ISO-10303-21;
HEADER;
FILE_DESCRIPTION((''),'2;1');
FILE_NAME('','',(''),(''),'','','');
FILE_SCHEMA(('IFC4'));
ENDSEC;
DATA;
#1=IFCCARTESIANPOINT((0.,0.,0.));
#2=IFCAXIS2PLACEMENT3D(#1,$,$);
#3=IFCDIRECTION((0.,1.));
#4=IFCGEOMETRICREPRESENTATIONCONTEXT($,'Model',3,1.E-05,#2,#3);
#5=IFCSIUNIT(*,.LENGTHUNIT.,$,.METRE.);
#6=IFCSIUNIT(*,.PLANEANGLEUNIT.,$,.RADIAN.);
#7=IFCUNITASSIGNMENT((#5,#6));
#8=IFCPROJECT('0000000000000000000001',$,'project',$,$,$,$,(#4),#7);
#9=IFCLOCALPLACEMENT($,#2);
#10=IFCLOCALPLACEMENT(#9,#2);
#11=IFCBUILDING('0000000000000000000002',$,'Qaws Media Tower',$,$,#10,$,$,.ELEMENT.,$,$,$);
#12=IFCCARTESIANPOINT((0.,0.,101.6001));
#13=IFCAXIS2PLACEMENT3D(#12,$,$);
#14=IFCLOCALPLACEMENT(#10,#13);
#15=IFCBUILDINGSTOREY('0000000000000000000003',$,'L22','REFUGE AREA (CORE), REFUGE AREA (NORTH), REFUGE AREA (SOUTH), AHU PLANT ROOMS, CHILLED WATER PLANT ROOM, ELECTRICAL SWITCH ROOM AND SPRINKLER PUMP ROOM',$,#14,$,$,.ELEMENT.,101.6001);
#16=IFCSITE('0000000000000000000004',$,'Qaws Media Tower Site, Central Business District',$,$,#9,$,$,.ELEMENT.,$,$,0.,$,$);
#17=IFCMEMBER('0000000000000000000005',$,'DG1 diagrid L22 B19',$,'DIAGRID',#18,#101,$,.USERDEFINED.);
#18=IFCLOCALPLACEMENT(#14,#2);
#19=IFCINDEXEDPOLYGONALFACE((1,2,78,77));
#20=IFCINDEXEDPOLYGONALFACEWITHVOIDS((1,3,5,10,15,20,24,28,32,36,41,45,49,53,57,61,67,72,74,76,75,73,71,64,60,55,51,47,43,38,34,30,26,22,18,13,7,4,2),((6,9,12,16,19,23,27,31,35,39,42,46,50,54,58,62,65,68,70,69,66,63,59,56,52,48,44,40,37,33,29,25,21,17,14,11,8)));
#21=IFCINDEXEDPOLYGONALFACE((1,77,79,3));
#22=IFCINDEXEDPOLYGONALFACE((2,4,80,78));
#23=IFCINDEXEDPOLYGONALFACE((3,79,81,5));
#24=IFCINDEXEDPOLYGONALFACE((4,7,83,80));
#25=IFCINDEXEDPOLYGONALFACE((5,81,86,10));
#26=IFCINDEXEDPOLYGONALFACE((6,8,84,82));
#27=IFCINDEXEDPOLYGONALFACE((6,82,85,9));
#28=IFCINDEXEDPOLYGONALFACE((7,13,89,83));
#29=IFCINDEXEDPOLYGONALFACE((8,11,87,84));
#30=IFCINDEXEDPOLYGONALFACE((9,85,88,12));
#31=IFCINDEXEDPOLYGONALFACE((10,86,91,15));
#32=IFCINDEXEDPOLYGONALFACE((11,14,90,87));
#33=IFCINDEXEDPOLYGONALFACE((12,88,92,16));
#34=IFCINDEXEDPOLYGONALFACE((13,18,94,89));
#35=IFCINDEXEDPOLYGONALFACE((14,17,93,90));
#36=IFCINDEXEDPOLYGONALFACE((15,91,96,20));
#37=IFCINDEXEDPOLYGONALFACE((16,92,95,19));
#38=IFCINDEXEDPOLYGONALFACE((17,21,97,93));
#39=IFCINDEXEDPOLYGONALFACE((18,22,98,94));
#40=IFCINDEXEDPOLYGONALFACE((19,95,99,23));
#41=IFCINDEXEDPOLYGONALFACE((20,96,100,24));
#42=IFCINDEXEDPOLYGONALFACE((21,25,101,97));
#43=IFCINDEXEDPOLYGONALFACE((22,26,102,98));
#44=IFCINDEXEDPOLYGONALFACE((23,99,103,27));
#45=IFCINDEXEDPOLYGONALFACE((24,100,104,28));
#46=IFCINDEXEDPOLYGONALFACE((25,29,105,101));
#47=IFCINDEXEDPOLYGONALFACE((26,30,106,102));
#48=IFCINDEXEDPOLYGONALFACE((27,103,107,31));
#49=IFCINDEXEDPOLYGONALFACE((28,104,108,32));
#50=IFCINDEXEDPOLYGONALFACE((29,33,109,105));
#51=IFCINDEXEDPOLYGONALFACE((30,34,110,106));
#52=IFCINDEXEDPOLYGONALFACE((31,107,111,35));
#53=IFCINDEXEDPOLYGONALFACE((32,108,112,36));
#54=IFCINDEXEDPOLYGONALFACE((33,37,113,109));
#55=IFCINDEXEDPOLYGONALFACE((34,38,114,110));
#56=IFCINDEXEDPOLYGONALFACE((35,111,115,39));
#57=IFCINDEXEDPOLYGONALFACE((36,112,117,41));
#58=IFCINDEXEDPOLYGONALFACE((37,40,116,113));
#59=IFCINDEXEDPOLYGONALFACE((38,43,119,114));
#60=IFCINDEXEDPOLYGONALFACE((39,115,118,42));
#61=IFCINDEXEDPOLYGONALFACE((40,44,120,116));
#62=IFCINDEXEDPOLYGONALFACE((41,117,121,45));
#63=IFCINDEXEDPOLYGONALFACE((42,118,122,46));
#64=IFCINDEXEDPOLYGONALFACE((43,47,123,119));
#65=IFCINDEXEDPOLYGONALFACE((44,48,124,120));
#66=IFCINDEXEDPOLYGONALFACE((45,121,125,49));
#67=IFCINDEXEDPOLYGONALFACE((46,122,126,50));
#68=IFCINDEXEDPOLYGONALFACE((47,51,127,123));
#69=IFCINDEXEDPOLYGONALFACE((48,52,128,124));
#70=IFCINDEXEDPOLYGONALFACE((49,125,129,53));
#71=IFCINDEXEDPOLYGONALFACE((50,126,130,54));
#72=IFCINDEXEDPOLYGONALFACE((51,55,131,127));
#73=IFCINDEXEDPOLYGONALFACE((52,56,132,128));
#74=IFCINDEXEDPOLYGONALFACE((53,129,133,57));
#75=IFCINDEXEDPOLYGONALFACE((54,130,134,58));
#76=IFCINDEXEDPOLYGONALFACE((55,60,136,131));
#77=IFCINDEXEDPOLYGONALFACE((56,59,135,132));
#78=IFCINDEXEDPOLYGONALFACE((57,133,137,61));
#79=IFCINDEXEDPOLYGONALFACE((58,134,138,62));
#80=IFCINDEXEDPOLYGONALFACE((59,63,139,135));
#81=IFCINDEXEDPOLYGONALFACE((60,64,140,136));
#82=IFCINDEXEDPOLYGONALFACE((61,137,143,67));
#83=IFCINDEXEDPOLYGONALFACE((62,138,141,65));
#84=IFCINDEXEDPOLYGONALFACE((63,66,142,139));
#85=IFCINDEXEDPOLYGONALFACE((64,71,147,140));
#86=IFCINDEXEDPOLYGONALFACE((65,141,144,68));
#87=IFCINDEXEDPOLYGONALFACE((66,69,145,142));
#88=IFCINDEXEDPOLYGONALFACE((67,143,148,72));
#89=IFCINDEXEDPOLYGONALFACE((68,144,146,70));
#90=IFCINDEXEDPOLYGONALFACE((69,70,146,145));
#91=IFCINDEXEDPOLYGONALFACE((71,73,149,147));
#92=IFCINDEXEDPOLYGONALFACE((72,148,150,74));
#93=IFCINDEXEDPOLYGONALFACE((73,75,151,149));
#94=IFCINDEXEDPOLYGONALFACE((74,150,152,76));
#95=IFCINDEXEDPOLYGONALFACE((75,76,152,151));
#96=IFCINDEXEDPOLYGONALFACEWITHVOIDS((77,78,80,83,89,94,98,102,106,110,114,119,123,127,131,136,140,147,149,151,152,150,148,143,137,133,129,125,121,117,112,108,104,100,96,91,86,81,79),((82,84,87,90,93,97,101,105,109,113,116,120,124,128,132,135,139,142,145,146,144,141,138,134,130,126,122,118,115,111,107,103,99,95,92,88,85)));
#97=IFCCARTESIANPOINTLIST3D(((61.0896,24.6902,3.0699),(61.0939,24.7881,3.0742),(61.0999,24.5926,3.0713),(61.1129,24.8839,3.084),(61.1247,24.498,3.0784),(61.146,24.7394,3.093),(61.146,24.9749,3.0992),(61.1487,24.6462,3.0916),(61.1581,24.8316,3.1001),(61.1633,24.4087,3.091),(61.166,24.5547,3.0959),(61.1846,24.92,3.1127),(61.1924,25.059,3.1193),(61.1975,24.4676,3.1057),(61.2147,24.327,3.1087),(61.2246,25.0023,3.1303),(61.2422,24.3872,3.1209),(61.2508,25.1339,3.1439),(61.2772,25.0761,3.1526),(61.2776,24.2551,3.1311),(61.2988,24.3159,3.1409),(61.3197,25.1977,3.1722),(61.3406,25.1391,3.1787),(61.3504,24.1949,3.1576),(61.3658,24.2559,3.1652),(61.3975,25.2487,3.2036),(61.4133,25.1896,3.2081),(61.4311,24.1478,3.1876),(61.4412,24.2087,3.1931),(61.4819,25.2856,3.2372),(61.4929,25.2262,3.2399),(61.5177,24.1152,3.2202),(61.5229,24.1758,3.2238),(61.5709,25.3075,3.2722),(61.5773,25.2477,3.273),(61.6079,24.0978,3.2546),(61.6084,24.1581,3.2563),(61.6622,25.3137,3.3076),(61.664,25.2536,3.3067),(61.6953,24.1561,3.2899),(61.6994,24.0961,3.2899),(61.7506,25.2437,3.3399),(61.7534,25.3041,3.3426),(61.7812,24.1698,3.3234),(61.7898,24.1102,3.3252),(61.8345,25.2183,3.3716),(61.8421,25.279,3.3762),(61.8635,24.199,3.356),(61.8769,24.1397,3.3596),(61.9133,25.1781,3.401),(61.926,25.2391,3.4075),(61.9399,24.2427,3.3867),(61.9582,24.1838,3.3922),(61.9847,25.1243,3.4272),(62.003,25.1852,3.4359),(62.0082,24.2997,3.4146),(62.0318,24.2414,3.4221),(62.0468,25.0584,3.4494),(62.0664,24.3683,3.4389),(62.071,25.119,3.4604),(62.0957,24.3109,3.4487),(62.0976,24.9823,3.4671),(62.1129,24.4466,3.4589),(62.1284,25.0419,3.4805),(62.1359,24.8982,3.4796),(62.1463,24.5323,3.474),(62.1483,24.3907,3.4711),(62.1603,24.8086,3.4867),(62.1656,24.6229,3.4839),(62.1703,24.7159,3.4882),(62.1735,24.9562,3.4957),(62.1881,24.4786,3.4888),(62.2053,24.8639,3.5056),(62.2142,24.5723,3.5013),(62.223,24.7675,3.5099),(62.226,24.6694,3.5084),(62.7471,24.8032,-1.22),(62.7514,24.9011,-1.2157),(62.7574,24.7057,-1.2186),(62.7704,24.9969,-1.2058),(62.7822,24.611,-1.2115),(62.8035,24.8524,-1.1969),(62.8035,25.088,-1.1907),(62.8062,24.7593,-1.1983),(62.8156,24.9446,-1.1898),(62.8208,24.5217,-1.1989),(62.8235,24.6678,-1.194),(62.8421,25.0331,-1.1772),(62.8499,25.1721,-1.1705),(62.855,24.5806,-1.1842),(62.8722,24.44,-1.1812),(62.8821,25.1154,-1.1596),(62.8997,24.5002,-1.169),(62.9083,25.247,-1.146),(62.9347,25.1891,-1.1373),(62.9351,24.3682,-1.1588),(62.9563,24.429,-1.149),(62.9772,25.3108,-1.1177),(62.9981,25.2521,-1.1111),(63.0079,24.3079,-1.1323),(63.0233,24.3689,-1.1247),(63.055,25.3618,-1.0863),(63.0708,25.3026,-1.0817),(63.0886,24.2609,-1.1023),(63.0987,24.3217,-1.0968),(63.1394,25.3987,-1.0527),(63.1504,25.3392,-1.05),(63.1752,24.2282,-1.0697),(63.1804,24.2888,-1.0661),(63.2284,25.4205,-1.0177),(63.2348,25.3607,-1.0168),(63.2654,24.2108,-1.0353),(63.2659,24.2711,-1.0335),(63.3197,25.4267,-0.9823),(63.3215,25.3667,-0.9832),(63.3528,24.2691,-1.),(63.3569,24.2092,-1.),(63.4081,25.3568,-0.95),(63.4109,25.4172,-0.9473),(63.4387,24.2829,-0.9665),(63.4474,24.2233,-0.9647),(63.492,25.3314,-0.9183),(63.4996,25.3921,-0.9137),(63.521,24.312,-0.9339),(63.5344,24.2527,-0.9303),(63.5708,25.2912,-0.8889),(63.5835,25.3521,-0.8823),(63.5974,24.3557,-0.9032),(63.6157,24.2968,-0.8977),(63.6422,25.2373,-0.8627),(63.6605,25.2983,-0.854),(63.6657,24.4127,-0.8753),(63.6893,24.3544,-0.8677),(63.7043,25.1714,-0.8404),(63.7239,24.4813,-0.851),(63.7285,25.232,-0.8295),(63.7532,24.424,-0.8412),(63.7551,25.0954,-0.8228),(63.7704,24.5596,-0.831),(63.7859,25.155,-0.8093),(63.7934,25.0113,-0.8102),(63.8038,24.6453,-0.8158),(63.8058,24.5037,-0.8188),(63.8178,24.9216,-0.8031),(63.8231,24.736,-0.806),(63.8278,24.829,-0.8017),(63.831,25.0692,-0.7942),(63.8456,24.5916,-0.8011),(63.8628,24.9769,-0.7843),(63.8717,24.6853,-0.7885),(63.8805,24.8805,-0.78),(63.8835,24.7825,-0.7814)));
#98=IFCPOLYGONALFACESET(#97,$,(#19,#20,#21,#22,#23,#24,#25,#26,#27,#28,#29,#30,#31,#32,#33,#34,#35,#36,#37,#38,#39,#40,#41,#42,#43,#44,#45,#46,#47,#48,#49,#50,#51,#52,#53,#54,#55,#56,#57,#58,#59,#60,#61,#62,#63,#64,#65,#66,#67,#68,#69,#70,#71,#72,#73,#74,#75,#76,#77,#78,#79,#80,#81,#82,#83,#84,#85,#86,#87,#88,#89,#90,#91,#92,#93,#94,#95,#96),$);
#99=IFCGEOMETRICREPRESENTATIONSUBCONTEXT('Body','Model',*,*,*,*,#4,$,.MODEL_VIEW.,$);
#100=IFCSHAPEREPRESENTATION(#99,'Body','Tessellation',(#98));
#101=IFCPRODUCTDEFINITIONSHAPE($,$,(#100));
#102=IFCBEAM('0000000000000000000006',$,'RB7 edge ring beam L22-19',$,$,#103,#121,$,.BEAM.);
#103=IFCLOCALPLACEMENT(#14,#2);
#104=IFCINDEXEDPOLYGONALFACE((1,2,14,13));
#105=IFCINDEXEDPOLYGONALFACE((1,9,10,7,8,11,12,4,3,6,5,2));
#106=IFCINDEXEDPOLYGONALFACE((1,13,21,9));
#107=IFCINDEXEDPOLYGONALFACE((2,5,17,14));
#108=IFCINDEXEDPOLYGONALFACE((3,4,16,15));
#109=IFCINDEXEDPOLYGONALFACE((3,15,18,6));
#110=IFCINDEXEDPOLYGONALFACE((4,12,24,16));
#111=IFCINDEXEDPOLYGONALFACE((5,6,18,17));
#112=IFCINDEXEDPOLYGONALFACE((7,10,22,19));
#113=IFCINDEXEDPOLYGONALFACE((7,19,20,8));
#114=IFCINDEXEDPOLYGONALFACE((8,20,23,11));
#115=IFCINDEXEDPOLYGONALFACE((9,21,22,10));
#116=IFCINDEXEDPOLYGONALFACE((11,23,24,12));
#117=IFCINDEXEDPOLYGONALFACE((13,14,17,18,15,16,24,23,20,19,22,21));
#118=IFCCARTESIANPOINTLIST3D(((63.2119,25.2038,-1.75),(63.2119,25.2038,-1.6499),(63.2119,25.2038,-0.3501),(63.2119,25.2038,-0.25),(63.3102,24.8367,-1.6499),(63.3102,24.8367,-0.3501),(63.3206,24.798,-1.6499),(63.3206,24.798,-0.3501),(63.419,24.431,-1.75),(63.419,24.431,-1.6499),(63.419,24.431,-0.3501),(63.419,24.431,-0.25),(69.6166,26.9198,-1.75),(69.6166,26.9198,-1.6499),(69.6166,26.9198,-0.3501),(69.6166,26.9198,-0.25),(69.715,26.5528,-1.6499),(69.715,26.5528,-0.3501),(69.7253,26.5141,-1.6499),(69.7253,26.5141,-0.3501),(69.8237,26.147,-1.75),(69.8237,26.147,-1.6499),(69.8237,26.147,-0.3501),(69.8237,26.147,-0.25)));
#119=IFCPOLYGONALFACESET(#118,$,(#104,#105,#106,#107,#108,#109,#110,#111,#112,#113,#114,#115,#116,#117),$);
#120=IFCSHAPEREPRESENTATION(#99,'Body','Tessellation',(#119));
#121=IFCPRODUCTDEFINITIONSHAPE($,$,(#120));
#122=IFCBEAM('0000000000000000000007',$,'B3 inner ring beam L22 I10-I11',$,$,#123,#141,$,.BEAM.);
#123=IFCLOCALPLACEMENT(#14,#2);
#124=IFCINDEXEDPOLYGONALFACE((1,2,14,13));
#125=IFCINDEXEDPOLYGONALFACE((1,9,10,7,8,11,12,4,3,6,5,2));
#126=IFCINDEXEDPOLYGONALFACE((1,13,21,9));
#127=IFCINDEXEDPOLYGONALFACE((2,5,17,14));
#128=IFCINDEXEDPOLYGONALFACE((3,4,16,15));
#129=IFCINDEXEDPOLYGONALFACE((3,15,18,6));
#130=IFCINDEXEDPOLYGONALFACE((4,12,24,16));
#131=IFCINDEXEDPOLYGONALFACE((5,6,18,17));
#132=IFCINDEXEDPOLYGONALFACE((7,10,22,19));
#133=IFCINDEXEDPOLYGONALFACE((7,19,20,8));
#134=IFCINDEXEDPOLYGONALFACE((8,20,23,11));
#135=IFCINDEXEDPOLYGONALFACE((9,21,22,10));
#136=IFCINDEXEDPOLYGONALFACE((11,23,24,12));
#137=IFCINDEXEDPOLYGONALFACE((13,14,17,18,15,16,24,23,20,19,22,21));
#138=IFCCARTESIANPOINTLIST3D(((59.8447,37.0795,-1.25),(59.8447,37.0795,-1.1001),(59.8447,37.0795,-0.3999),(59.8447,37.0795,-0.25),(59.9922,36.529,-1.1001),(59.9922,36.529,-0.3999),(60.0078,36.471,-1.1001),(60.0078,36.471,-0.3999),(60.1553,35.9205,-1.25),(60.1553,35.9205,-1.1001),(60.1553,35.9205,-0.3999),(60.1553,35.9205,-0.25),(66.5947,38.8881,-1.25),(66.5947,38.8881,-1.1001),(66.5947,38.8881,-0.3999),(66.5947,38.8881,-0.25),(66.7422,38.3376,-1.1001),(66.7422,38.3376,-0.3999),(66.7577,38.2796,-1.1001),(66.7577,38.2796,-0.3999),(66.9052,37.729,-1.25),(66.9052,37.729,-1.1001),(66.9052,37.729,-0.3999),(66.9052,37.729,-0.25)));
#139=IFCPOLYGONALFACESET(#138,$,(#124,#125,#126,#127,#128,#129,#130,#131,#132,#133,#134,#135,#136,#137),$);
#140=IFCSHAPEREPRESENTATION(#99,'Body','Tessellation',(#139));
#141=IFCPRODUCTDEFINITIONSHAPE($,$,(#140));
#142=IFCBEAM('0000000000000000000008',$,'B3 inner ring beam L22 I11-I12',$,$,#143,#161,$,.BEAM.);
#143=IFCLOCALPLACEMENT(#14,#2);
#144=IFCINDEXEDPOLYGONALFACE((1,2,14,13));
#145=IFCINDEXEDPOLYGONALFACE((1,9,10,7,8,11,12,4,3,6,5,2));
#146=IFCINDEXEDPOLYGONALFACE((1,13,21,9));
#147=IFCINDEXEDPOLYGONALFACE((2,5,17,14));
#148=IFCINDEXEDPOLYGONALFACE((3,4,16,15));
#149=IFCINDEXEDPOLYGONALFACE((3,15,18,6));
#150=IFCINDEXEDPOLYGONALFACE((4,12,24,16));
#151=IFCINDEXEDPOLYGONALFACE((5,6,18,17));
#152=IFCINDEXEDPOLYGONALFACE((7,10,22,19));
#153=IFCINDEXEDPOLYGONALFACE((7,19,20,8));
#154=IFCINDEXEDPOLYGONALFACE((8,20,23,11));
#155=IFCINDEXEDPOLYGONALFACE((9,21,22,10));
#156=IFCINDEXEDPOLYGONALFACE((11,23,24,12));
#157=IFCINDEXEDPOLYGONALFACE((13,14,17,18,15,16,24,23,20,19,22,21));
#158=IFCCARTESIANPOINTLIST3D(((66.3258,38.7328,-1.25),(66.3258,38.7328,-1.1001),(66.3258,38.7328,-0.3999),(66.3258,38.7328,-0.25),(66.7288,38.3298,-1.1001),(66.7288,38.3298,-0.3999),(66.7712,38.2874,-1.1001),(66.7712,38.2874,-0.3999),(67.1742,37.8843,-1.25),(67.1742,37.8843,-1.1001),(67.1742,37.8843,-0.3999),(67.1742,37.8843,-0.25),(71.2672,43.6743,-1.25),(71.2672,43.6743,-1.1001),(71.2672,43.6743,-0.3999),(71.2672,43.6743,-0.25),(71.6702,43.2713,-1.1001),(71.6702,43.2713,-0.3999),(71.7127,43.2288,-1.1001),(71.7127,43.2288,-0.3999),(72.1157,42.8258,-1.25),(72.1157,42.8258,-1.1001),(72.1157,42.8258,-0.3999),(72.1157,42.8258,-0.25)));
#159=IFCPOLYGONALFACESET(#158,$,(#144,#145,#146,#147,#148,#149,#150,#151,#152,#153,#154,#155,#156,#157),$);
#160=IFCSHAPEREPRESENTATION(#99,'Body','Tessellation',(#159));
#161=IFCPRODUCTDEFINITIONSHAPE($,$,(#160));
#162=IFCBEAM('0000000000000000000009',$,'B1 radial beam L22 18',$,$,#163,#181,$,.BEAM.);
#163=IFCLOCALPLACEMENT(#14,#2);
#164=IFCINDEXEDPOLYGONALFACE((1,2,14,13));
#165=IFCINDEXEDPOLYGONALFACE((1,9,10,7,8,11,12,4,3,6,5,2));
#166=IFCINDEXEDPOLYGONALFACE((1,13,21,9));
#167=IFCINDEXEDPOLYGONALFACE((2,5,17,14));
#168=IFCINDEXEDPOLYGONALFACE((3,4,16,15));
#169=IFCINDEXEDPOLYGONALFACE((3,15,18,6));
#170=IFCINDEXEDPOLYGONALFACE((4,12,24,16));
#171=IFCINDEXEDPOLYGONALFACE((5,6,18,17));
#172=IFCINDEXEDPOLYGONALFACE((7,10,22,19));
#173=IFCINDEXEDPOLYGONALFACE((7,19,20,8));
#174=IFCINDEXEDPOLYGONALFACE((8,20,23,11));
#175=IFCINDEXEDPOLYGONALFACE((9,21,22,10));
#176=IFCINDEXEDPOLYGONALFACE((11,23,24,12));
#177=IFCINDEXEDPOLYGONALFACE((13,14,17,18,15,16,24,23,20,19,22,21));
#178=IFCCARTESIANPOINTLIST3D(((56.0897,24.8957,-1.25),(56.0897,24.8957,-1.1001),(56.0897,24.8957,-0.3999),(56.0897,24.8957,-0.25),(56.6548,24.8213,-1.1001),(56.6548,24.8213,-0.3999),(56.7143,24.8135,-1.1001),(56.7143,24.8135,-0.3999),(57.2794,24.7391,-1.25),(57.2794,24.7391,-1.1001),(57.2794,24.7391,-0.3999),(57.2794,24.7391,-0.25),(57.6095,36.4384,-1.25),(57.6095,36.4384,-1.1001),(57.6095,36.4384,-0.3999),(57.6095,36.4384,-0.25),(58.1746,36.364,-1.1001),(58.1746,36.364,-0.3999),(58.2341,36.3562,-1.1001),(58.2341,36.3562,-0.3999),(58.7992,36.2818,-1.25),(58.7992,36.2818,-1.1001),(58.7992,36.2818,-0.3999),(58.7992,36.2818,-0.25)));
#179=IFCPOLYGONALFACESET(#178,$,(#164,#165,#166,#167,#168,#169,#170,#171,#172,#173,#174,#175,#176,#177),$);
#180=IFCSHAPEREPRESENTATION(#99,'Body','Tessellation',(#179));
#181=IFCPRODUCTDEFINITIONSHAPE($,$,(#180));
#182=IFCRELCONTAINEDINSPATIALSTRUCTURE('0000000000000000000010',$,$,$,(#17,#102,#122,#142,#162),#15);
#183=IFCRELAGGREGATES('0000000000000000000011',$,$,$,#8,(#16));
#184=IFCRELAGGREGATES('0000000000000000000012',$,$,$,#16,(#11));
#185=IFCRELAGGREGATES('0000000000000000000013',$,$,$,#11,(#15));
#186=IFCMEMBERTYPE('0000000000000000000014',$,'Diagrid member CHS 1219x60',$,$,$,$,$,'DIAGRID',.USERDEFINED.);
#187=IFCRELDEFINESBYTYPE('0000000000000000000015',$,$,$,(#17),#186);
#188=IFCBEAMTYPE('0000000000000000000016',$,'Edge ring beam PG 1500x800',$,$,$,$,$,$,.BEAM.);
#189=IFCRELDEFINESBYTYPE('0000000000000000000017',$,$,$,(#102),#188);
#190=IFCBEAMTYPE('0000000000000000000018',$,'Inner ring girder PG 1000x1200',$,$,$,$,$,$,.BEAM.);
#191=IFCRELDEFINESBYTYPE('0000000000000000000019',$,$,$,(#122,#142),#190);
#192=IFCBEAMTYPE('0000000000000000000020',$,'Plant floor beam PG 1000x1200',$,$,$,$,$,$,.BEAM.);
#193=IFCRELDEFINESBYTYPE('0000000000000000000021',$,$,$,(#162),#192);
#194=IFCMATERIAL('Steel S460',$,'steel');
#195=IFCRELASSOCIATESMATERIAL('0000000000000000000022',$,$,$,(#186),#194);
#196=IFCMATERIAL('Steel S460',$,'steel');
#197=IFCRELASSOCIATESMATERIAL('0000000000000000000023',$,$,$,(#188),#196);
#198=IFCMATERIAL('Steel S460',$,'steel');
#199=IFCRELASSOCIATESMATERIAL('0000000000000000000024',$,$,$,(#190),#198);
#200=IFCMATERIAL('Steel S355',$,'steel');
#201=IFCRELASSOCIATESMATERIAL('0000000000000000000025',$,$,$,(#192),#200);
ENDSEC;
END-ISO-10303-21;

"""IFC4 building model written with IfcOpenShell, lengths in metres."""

from ifc_helpers import new_model, si_unit, direction, frame, origin, origin_2d, place, context, subcontext, project, spatial, hollow_circle, i_section, extrude, material, material_profile, profile_set, type_object, element, save


model = new_model("IFC4")

# Units and contexts
model_context = context("Model", 3, precision=1e-05, world=origin(), true_north=direction((0.0, 1.0)))
body_context = subcontext(model_context, "Body", "Model", "MODEL_VIEW")
ifc_project = project(units=[si_unit("LENGTHUNIT", "METRE"), si_unit("PLANEANGLEUNIT", "RADIAN")], contexts=[model_context])

# Site, building, storey
site_placement = place(None, origin())
site = spatial("IfcSite", under=ifc_project, at=site_placement, Name="Qaws Media Tower Site, Central Business District", CompositionType="ELEMENT", RefElevation=0.0)
building_placement = place(site_placement, origin())
building = spatial("IfcBuilding", under=site, at=building_placement, Name="Qaws Media Tower", CompositionType="ELEMENT")
storey_placement = place(building_placement, frame((0.0, 0.0, 101.6001)))
storey = spatial("IfcBuildingStorey", under=building, at=storey_placement, Name="L22", Description="REFUGE AREA (CORE), REFUGE AREA (NORTH), REFUGE AREA (SOUTH), AHU PLANT ROOMS, CHILLED WATER PLANT ROOM, ELECTRICAL SWITCH ROOM AND SPRINKLER PUMP ROOM", CompositionType="ELEMENT", Elevation=101.6001)

# Member
ifc_material_1 = material(Name="Steel S460", Category="steel")
ifc_material_profile_1 = material_profile(ifc_material_1, hollow_circle(Radius=0.6096, WallThickness=0.0601, at=origin_2d()), Name="CHS 1219x60")
ifc_profile_set_1 = profile_set([ifc_material_profile_1], Name="Steel S460")
member_type_1 = type_object("IfcMemberType", Name="Diagrid member CHS 1219x60", ElementType="DIAGRID", PredefinedType="USERDEFINED", material=ifc_profile_set_1)
member_1_placement = place(storey_placement, frame((63.3154, 24.8174, -1.0), z_axis=(-0.3603, -0.024572, 0.932513), x_axis=(0.068041, -0.997683, 0.0)))
element("IfcMember", 1, at=member_1_placement, inside=storey, type_object=member_type_1, Name="DG1 diagrid L22 B19", ObjectType="DIAGRID", PredefinedType="USERDEFINED", context=body_context, shape_type="SweptSolid", body=[
    extrude(hollow_circle(Radius=0.6096, WallThickness=0.0601, at=origin_2d()), origin(), (0.0, 0.0, 1.0), 4.6003),
])

# Beams
ifc_material_2 = material(Name="Steel S460", Category="steel")
ifc_material_profile_2 = material_profile(ifc_material_2, i_section(OverallWidth=0.8, OverallDepth=1.5, WebThickness=0.04, FlangeThickness=0.1001, at=origin_2d()), Name="PG 1500x800")
ifc_profile_set_2 = profile_set([ifc_material_profile_2], Name="Steel S460")
beam_type_1 = type_object("IfcBeamType", Name="Edge ring beam PG 1500x800", PredefinedType="BEAM", material=ifc_profile_set_2)
beam_1_placement = place(storey_placement, frame((63.3154, 24.8174, -1.0), z_axis=(0.965929, 0.258806, 0.0), x_axis=(-0.258806, 0.965929, 0.0)))
element("IfcBeam", 2, at=beam_1_placement, inside=storey, type_object=beam_type_1, Name="RB7 edge ring beam L22-19", PredefinedType="BEAM", context=body_context, shape_type="SweptSolid", body=[
    extrude(i_section(OverallWidth=0.8, OverallDepth=1.5, WebThickness=0.04, FlangeThickness=0.1001, at=origin_2d()), origin(), (0.0, 0.0, 1.0), 6.6306),
])
ifc_material_3 = material(Name="Steel S460", Category="steel")
ifc_material_profile_3 = material_profile(ifc_material_3, i_section(OverallWidth=1.2, OverallDepth=1.0, WebThickness=0.0601, FlangeThickness=0.1499, at=origin_2d()), Name="PG 1000x1200")
ifc_profile_set_3 = profile_set([ifc_material_profile_3], Name="Steel S460")
beam_type_2 = type_object("IfcBeamType", Name="Inner ring girder PG 1000x1200", PredefinedType="BEAM", material=ifc_profile_set_3)
beam_2_placement = place(storey_placement, frame((60.0, 36.5, -0.75), z_axis=(0.965928, 0.258811, 0.0), x_axis=(-0.258811, 0.965928, 0.0)))
element("IfcBeam", 3, at=beam_2_placement, inside=storey, type_object=beam_type_2, Name="B3 inner ring beam L22 I10-I11", PredefinedType="BEAM", context=body_context, shape_type="SweptSolid", body=[
    extrude(i_section(OverallWidth=1.2, OverallDepth=1.0, WebThickness=0.0601, FlangeThickness=0.1499, at=origin_2d()), origin(), (0.0, 0.0, 1.0), 6.988),
])
beam_3_placement = place(storey_placement, frame((66.75, 38.3086, -0.75), z_axis=(0.707107, 0.707107, 0.0), x_axis=(-0.707107, 0.707107, 0.0)))
element("IfcBeam", 4, at=beam_3_placement, inside=storey, type_object=beam_type_2, Name="B3 inner ring beam L22 I11-I12", PredefinedType="BEAM", context=body_context, shape_type="SweptSolid", body=[
    extrude(i_section(OverallWidth=1.2, OverallDepth=1.0, WebThickness=0.0601, FlangeThickness=0.1499, at=origin_2d()), origin(), (0.0, 0.0, 1.0), 6.9883),
])
ifc_material_4 = material(Name="Steel S355", Category="steel")
ifc_material_profile_4 = material_profile(ifc_material_4, i_section(OverallWidth=1.2, OverallDepth=1.0, WebThickness=0.0601, FlangeThickness=0.1499, at=origin_2d()), Name="PG 1000x1200")
ifc_profile_set_4 = profile_set([ifc_material_profile_4], Name="Steel S355")
beam_type_3 = type_object("IfcBeamType", Name="Plant floor beam PG 1000x1200", PredefinedType="BEAM", material=ifc_profile_set_4)
for number, where, z_axis, x_axis, name in (
    (5, (58.2043, 36.3601, -0.75), (-0.130539, -0.991443, 0.0), (0.991443, -0.130539, 0.0), "B1 radial beam L22 18"),
):
    element("IfcBeam", number, at=place(storey_placement, frame(where, z_axis=z_axis, x_axis=x_axis)), inside=storey, type_object=beam_type_3, Name=name, PredefinedType="BEAM", context=body_context, shape_type="SweptSolid", body=[
        extrude(i_section(OverallWidth=1.2, OverallDepth=1.0, WebThickness=0.0601, FlangeThickness=0.1499, at=origin_2d()), origin(), (0.0, 0.0, 1.0), 11.6423),
    ])

save(model, "model.ifc")
